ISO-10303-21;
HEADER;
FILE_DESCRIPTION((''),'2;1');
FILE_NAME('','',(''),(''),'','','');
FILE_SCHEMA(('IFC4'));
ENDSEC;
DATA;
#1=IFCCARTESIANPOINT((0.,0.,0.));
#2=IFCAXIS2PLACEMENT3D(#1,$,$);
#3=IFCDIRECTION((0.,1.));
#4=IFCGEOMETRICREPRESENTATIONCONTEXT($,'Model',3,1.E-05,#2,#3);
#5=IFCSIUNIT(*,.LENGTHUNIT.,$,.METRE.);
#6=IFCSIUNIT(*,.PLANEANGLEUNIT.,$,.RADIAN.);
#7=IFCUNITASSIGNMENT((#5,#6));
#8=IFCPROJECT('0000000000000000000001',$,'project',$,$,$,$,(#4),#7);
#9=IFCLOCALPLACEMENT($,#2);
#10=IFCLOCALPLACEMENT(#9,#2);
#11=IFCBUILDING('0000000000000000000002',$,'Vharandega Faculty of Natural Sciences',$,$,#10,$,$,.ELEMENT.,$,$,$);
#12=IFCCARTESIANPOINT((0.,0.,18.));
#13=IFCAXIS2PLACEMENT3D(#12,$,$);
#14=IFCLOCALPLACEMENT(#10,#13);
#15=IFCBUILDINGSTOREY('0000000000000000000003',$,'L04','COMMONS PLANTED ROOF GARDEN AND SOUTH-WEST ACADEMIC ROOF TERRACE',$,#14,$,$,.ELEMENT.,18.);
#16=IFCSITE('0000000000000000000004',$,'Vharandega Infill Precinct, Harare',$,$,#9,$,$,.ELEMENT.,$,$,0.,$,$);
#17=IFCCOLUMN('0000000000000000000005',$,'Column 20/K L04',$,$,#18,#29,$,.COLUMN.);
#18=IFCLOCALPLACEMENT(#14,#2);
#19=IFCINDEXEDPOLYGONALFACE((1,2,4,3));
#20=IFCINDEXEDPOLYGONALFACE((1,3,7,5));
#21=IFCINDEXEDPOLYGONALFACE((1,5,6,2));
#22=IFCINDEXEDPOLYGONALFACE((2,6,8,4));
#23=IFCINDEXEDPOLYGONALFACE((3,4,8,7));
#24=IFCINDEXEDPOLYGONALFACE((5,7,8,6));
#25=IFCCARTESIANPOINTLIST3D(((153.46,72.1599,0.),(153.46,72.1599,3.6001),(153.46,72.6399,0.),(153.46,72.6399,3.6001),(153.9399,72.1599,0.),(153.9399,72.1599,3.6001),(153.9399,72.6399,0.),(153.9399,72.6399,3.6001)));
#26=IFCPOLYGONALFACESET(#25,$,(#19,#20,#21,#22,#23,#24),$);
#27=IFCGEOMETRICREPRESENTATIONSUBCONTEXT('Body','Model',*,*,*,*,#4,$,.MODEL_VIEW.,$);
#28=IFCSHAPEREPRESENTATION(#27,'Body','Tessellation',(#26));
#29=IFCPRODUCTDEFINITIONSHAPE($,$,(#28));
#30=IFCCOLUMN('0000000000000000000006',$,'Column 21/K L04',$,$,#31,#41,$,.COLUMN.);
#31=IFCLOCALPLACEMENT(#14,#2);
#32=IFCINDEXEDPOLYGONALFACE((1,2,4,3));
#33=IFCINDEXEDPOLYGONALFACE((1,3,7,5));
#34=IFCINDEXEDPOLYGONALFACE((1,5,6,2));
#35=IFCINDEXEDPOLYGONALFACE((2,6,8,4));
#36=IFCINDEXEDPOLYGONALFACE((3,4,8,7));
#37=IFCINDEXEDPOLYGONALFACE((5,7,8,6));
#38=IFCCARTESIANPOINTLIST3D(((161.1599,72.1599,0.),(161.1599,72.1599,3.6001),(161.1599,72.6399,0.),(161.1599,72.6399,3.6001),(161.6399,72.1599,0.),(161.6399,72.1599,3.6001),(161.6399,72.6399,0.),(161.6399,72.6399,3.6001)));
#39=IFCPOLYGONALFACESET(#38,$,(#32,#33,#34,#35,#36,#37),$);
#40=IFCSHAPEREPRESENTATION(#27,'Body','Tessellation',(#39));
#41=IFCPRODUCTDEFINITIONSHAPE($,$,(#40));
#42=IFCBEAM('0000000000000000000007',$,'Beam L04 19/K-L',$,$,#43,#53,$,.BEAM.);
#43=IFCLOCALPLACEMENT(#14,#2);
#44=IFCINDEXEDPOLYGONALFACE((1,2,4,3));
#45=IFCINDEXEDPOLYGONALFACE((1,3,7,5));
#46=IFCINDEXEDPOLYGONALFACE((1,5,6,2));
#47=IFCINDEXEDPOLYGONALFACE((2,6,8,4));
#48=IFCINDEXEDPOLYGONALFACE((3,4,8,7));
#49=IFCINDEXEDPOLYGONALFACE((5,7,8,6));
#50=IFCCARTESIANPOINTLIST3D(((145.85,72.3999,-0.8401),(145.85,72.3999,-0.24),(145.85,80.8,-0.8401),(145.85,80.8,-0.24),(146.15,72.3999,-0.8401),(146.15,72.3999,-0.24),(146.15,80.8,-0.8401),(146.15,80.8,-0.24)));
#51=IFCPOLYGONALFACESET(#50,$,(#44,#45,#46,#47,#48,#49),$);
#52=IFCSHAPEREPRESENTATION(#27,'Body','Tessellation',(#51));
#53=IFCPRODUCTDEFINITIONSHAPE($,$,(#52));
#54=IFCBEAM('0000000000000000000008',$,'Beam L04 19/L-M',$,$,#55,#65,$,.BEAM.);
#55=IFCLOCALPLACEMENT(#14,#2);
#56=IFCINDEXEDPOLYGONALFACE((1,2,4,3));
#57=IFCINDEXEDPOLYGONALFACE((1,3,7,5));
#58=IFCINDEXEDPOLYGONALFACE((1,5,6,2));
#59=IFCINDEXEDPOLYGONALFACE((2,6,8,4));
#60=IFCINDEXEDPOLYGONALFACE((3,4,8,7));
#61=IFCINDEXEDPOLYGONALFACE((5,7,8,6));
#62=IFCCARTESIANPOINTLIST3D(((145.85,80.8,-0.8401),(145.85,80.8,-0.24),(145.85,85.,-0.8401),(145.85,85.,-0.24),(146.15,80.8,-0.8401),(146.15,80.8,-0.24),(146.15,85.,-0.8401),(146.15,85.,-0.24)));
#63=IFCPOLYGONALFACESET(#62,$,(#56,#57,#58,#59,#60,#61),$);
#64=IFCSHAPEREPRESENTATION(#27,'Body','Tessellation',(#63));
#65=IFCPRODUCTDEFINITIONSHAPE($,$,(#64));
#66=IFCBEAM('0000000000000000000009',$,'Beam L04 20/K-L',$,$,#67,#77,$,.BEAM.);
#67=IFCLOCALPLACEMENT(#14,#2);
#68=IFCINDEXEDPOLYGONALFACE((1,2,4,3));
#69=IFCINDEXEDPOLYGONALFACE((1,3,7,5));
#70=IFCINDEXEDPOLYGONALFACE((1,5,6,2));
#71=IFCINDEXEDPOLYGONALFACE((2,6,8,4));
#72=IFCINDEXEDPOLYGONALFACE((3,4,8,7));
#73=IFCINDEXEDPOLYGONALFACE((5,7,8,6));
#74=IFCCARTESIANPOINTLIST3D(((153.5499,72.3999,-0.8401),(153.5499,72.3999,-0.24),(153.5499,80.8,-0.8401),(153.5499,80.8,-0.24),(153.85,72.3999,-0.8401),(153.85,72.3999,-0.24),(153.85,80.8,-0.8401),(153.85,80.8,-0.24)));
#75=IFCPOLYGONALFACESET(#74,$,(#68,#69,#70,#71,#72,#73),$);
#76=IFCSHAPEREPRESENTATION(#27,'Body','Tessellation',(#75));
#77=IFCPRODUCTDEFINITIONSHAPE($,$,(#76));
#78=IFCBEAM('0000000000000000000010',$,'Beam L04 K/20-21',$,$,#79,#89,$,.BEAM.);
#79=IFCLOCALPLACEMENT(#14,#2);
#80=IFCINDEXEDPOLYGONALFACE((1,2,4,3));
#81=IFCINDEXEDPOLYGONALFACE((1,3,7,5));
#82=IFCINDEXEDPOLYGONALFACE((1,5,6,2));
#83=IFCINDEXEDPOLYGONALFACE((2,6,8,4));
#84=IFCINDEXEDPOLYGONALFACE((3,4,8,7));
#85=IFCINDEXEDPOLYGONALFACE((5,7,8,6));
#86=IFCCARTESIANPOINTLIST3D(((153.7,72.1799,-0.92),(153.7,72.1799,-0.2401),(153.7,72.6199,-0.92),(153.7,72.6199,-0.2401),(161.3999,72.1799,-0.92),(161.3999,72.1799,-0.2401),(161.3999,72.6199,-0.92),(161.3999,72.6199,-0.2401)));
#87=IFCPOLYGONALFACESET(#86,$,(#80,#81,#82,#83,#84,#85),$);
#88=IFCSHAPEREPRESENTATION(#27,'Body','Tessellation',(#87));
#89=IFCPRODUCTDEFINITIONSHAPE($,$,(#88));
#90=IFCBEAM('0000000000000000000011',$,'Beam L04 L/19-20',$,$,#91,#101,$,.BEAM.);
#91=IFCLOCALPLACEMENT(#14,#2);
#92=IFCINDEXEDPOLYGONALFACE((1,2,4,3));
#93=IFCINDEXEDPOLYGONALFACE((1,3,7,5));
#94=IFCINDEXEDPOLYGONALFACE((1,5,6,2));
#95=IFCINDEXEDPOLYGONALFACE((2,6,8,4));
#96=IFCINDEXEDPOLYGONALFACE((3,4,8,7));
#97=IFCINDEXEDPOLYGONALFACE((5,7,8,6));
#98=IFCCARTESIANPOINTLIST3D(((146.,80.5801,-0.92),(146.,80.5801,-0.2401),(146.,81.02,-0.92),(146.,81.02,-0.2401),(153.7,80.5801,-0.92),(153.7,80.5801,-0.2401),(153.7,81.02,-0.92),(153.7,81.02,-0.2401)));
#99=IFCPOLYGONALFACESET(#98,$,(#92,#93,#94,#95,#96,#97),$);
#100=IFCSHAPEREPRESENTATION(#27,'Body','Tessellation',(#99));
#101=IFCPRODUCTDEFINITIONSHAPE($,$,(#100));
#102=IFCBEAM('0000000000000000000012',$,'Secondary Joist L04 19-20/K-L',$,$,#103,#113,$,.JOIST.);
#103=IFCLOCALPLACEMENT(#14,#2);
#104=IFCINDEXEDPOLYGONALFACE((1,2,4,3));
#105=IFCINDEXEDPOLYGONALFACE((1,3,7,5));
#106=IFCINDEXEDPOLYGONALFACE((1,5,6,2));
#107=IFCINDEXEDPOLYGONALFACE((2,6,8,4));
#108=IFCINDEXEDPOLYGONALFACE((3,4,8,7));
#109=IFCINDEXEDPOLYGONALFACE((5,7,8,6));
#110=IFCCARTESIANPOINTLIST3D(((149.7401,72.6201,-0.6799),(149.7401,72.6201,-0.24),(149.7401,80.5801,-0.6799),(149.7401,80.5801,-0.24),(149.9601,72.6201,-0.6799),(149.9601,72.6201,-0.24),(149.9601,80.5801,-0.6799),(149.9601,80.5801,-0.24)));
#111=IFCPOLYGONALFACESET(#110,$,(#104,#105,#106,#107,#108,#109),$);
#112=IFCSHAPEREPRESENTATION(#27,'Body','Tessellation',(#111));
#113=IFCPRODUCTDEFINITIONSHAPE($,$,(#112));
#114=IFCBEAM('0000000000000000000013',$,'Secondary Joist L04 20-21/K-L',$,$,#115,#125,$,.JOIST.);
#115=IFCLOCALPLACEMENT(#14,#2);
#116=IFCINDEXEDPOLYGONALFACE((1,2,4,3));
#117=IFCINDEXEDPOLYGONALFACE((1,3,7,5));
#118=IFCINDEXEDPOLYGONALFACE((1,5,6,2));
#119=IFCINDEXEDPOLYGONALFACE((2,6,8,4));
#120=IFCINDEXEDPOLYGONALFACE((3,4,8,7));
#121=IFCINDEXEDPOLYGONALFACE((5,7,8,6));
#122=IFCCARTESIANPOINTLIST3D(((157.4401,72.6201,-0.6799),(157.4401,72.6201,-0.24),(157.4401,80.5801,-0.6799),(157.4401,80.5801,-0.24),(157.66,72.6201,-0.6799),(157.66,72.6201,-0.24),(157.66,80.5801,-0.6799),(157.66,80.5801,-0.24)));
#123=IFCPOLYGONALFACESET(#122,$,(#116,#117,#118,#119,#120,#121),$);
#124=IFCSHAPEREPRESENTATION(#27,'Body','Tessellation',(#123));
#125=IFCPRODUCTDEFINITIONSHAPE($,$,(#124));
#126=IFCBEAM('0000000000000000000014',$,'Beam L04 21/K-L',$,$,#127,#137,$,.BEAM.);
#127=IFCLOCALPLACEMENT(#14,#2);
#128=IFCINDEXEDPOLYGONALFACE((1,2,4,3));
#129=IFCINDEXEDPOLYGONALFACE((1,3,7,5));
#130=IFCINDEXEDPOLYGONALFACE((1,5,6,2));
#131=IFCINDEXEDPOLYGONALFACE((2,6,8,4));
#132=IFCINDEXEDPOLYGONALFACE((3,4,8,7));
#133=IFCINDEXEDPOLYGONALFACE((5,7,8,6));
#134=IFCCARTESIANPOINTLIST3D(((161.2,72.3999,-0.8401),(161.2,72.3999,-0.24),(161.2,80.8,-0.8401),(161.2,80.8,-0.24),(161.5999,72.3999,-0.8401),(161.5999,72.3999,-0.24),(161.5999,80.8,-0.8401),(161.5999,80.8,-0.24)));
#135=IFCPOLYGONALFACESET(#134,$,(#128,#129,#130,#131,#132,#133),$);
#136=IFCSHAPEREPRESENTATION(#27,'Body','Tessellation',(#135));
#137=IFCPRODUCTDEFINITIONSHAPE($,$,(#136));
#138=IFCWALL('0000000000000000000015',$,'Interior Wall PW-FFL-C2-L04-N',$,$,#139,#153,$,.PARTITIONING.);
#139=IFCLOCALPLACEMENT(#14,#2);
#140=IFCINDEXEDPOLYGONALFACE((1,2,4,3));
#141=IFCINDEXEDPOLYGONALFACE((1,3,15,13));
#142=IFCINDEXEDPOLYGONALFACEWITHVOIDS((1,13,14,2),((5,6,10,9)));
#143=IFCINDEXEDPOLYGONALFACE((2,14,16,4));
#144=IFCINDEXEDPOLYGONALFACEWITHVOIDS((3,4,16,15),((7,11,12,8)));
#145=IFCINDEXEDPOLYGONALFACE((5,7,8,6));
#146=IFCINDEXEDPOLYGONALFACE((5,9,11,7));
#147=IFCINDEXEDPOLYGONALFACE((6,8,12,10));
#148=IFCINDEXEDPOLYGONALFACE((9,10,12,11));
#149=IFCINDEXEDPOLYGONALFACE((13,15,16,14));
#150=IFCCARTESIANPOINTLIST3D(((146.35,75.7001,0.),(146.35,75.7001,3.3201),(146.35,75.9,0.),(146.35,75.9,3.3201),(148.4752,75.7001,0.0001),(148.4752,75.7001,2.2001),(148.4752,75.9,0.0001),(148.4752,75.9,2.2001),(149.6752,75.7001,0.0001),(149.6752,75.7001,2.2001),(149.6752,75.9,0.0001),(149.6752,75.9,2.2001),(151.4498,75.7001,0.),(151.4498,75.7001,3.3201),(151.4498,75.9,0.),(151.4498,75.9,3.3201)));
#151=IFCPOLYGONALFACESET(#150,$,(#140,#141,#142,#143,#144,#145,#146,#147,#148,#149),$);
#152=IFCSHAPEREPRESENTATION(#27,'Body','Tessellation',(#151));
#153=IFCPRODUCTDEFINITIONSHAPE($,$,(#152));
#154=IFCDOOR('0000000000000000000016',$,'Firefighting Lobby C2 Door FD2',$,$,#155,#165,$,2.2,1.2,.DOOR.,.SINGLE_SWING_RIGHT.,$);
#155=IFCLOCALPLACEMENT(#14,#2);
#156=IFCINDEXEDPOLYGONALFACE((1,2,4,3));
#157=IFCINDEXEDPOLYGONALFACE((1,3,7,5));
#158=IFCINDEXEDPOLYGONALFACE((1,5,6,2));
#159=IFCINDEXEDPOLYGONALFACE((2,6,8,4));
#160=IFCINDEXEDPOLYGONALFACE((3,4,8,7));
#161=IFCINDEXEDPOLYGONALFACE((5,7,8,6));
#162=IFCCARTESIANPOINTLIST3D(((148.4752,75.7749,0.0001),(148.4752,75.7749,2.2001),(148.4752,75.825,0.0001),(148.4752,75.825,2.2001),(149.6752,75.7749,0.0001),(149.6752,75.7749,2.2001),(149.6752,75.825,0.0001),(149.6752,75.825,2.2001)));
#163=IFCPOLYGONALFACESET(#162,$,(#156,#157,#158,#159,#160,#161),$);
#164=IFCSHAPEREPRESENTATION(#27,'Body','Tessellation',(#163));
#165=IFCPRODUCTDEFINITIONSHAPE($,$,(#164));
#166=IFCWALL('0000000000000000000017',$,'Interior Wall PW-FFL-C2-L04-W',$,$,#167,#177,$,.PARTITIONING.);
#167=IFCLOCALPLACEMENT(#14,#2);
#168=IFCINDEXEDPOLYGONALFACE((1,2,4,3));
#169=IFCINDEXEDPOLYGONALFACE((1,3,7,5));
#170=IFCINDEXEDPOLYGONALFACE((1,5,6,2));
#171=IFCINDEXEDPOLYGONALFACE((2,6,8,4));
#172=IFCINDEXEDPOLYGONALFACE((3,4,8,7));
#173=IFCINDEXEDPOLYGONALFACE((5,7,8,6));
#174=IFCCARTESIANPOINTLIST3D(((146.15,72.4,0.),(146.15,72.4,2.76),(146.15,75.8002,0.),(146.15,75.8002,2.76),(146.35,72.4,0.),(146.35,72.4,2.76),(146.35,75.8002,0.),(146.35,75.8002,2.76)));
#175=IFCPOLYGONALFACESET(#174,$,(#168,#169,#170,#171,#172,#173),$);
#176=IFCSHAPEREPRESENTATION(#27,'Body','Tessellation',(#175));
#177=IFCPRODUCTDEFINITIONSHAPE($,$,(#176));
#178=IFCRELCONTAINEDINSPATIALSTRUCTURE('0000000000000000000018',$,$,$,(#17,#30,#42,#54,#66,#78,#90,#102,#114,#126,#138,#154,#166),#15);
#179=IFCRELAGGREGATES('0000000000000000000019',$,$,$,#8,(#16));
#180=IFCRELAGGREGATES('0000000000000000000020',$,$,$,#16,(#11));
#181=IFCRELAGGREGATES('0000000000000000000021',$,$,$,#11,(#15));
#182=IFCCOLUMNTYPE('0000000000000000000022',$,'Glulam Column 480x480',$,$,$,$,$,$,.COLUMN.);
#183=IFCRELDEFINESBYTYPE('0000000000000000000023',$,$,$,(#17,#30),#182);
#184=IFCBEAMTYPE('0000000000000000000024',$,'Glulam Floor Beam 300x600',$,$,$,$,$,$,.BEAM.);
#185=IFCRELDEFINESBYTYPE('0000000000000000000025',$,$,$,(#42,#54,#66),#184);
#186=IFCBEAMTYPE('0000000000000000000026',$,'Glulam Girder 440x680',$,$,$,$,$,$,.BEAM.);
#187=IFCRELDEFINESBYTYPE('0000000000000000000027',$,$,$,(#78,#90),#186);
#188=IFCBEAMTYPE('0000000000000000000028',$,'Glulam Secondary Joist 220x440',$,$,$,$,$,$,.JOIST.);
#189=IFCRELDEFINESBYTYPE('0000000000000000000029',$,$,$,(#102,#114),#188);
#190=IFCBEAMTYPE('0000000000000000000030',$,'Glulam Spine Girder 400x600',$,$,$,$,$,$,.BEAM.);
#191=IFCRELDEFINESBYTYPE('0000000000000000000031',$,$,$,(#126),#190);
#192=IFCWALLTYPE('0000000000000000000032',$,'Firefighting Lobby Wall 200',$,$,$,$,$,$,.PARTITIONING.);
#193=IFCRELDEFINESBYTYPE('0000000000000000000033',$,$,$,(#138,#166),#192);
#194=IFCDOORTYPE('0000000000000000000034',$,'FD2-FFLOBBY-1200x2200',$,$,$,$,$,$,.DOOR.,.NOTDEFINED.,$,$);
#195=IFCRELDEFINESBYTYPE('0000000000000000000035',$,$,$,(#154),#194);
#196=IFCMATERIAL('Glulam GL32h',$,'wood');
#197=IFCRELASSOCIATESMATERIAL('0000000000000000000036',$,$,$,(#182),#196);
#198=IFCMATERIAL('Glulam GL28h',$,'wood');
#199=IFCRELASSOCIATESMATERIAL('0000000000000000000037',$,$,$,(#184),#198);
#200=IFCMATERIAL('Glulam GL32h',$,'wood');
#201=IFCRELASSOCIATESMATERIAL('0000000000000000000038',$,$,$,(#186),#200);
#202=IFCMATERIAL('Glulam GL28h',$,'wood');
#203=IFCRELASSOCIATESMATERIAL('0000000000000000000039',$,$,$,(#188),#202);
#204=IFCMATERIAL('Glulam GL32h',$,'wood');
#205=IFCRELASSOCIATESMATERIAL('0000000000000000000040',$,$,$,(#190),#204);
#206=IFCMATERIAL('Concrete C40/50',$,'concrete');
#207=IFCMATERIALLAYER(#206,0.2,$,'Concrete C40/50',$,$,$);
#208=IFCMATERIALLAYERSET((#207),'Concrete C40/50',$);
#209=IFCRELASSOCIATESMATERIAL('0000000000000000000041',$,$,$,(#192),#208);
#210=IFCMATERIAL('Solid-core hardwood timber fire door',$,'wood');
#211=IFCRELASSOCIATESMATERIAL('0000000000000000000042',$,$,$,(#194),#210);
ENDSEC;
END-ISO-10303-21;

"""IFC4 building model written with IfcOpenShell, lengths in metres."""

from ifc_helpers import new_model, si_unit, direction, frame, frame_2d, origin, origin_2d, place, context, subcontext, project, spatial, rectangle, extrude, material, layer, layer_set, material_profile, profile_set, type_object, element, fill, save


model = new_model("IFC4")

# Units and contexts
model_context = context("Model", 3, precision=1e-05, world=origin(), true_north=direction((0.0, 1.0)))
body_context = subcontext(model_context, "Body", "Model", "MODEL_VIEW")
ifc_project = project(units=[si_unit("LENGTHUNIT", "METRE"), si_unit("PLANEANGLEUNIT", "RADIAN")], contexts=[model_context])

# Site, building, storey
site_placement = place(None, origin())
site = spatial("IfcSite", under=ifc_project, at=site_placement, Name="Vharandega Infill Precinct, Harare", CompositionType="ELEMENT", RefElevation=0.0)
building_placement = place(site_placement, origin())
building = spatial("IfcBuilding", under=site, at=building_placement, Name="Vharandega Faculty of Natural Sciences", CompositionType="ELEMENT")
storey_placement = place(building_placement, frame((0.0, 0.0, 18.0)))
storey = spatial("IfcBuildingStorey", under=building, at=storey_placement, Name="L04", Description="COMMONS PLANTED ROOF GARDEN AND SOUTH-WEST ACADEMIC ROOF TERRACE", CompositionType="ELEMENT", Elevation=18.0)

# Columns
ifc_material_1 = material(Name="Glulam GL32h", Category="wood")
ifc_material_profile_1 = material_profile(ifc_material_1, rectangle(XDim=0.48, YDim=0.48, at=origin_2d()), Name="GL32h 480x480")
ifc_profile_set_1 = profile_set([ifc_material_profile_1], Name="Glulam GL32h")
column_type = type_object("IfcColumnType", Name="Glulam Column 480x480", PredefinedType="COLUMN", material=ifc_profile_set_1)
for number, where, z_axis, x_axis, name in (
    (1, (153.7, 72.3999, 0.0), (0.0, 0.0, 1.0), (1.0, 0.0, 0.0), "Column 20/K L04"),
    (2, (161.3999, 72.3999, 0.0), (0.0, 0.0, 1.0), (1.0, 0.0, 0.0), "Column 21/K L04"),
):
    element("IfcColumn", number, at=place(storey_placement, frame(where, z_axis=z_axis, x_axis=x_axis)), inside=storey, type_object=column_type, Name=name, PredefinedType="COLUMN", context=body_context, shape_type="SweptSolid", body=[
        extrude(rectangle(XDim=0.48, YDim=0.48, at=origin_2d()), origin(), (0.0, 0.0, 1.0), 3.6001),
    ])

# Beams
ifc_material_2 = material(Name="Glulam GL28h", Category="wood")
ifc_material_profile_2 = material_profile(ifc_material_2, rectangle(XDim=0.3, YDim=0.6001, at=origin_2d()), Name="GL28h 300x600")
ifc_profile_set_2 = profile_set([ifc_material_profile_2], Name="Glulam GL28h")
beam_type_1 = type_object("IfcBeamType", Name="Glulam Floor Beam 300x600", PredefinedType="BEAM", material=ifc_profile_set_2)
beam_1_placement = place(storey_placement, frame((146.0, 72.3999, -0.54), z_axis=(0.0, 1.0, 0.0), x_axis=(-1.0, 0.0, 0.0)))
element("IfcBeam", 3, at=beam_1_placement, inside=storey, type_object=beam_type_1, Name="Beam L04 19/K-L", PredefinedType="BEAM", context=body_context, shape_type="SweptSolid", body=[
    extrude(rectangle(XDim=0.3, YDim=0.6001, at=origin_2d()), origin(), (0.0, 0.0, 1.0), 8.4001),
])
beam_2_placement = place(storey_placement, frame((146.0, 80.8, -0.54), z_axis=(0.0, 1.0, 0.0), x_axis=(-1.0, 0.0, 0.0)))
element("IfcBeam", 4, at=beam_2_placement, inside=storey, type_object=beam_type_1, Name="Beam L04 19/L-M", PredefinedType="BEAM", context=body_context, shape_type="SweptSolid", body=[
    extrude(rectangle(XDim=0.3, YDim=0.6001, at=origin_2d()), origin(), (0.0, 0.0, 1.0), 4.2),
])
beam_3_placement = place(storey_placement, frame((153.7, 72.3999, -0.54), z_axis=(0.0, 1.0, 0.0), x_axis=(-1.0, 0.0, 0.0)))
element("IfcBeam", 5, at=beam_3_placement, inside=storey, type_object=beam_type_1, Name="Beam L04 20/K-L", PredefinedType="BEAM", context=body_context, shape_type="SweptSolid", body=[
    extrude(rectangle(XDim=0.3, YDim=0.6001, at=origin_2d()), origin(), (0.0, 0.0, 1.0), 8.4001),
])
ifc_material_3 = material(Name="Glulam GL32h", Category="wood")
ifc_material_profile_3 = material_profile(ifc_material_3, rectangle(XDim=0.4399, YDim=0.6799, at=origin_2d()), Name="GL32h 440x680")
ifc_profile_set_3 = profile_set([ifc_material_profile_3], Name="Glulam GL32h")
beam_type_2 = type_object("IfcBeamType", Name="Glulam Girder 440x680", PredefinedType="BEAM", material=ifc_profile_set_3)
for number, where, z_axis, x_axis, name in (
    (6, (153.7, 72.3999, -0.5801), (1.0, 0.0, 0.0), (0.0, 1.0, 0.0), "Beam L04 K/20-21"),
    (7, (146.0, 80.8, -0.5801), (1.0, 0.0, 0.0), (0.0, 1.0, 0.0), "Beam L04 L/19-20"),
):
    element("IfcBeam", number, at=place(storey_placement, frame(where, z_axis=z_axis, x_axis=x_axis)), inside=storey, type_object=beam_type_2, Name=name, PredefinedType="BEAM", context=body_context, shape_type="SweptSolid", body=[
        extrude(rectangle(XDim=0.4399, YDim=0.6799, at=origin_2d()), origin(), (0.0, 0.0, 1.0), 7.7),
    ])
ifc_material_4 = material(Name="Glulam GL28h", Category="wood")
ifc_material_profile_4 = material_profile(ifc_material_4, rectangle(XDim=0.22, YDim=0.4399, at=origin_2d()), Name="GL28h 220x440")
ifc_profile_set_4 = profile_set([ifc_material_profile_4], Name="Glulam GL28h")
beam_type_3 = type_object("IfcBeamType", Name="Glulam Secondary Joist 220x440", PredefinedType="JOIST", material=ifc_profile_set_4)
for number, where, z_axis, x_axis, name in (
    (8, (149.8501, 72.6201, -0.46), (0.0, 1.0, 0.0), (-1.0, 0.0, 0.0), "Secondary Joist L04 19-20/K-L"),
    (9, (157.55, 72.6201, -0.46), (0.0, 1.0, 0.0), (-1.0, 0.0, 0.0), "Secondary Joist L04 20-21/K-L"),
):
    element("IfcBeam", number, at=place(storey_placement, frame(where, z_axis=z_axis, x_axis=x_axis)), inside=storey, type_object=beam_type_3, Name=name, PredefinedType="JOIST", context=body_context, shape_type="SweptSolid", body=[
        extrude(rectangle(XDim=0.22, YDim=0.4399, at=origin_2d()), origin(), (0.0, 0.0, 1.0), 7.96),
    ])
ifc_material_5 = material(Name="Glulam GL32h", Category="wood")
ifc_material_profile_5 = material_profile(ifc_material_5, rectangle(XDim=0.3999, YDim=0.6001, at=origin_2d()), Name="GL32h 400x600")
ifc_profile_set_5 = profile_set([ifc_material_profile_5], Name="Glulam GL32h")
beam_type_4 = type_object("IfcBeamType", Name="Glulam Spine Girder 400x600", PredefinedType="BEAM", material=ifc_profile_set_5)
beam_4_placement = place(storey_placement, frame((161.3999, 72.3999, -0.54), z_axis=(0.0, 1.0, 0.0), x_axis=(-1.0, 0.0, 0.0)))
element("IfcBeam", 10, at=beam_4_placement, inside=storey, type_object=beam_type_4, Name="Beam L04 21/K-L", PredefinedType="BEAM", context=body_context, shape_type="SweptSolid", body=[
    extrude(rectangle(XDim=0.3999, YDim=0.6001, at=origin_2d()), origin(), (0.0, 0.0, 1.0), 8.4001),
])

# Wall, opening, door
ifc_material_6 = material(Name="Concrete C40/50", Category="concrete")
ifc_layer_1 = layer(ifc_material_6, 0.2, Name="Concrete C40/50")
ifc_layer_set_1 = layer_set([ifc_layer_1], Name="Concrete C40/50")
wall_type_1 = type_object("IfcWallType", Name="Firefighting Lobby Wall 200", PredefinedType="PARTITIONING", material=ifc_layer_set_1)
wall_1_placement = place(storey_placement, frame((146.3501, 75.8, 0.0), z_axis=(0.0, 0.0, 1.0), x_axis=(1.0, 0.0, 0.0)))
wall_1 = element("IfcWall", 11, at=wall_1_placement, inside=storey, type_object=wall_type_1, Name="Interior Wall PW-FFL-C2-L04-N", PredefinedType="PARTITIONING", context=body_context, shape_type="SweptSolid", body=[
    extrude(rectangle(XDim=5.0999, YDim=0.2, at=frame_2d((2.5498, 0.0))), origin(), (0.0, 0.0, 1.0), 3.3201),
])
opening_1_placement = place(wall_1_placement, frame((2.125, 0.0, 0.0)))
opening_1 = element("IfcOpeningElement", 12, at=opening_1_placement, cuts=wall_1, PredefinedType="OPENING", context=body_context, shape_type="SweptSolid", body=[
    extrude(rectangle(XDim=1.2, YDim=2.2, at=frame_2d((0.6001, 1.1001))), frame((0.0, 0.1099, 0.0), z_axis=(0.0, -1.0, 0.0), x_axis=(1.0, 0.0, 0.0)), (0.0, 0.0, 1.0), 0.22),
])
ifc_material_7 = material(Name="Solid-core hardwood timber fire door", Category="wood")
door_type_1 = type_object("IfcDoorType", Name="FD2-FFLOBBY-1200x2200", OperationType="NOTDEFINED", PredefinedType="DOOR", material=ifc_material_7)
door_1_placement = place(opening_1_placement, origin())
door_1 = element("IfcDoor", 13, at=door_1_placement, inside=storey, type_object=door_type_1, Name="Firefighting Lobby C2 Door FD2", OperationType="SINGLE_SWING_RIGHT", OverallHeight=2.2, OverallWidth=1.2, PredefinedType="DOOR", context=body_context, shape_type="SweptSolid", body=[
    extrude(rectangle(XDim=1.2, YDim=2.2, at=frame_2d((0.6001, 1.1001))), frame((0.0, 0.0249, 0.0), z_axis=(0.0, -1.0, 0.0), x_axis=(1.0, 0.0, 0.0)), (0.0, 0.0, 1.0), 0.05),
])
fill(opening_1, door_1)

# Wall
wall_2_placement = place(storey_placement, frame((146.25, 72.3999, 0.0), z_axis=(0.0, 0.0, 1.0), x_axis=(0.0, 1.0, 0.0)))
element("IfcWall", 14, at=wall_2_placement, inside=storey, type_object=wall_type_1, Name="Interior Wall PW-FFL-C2-L04-W", PredefinedType="PARTITIONING", context=body_context, shape_type="SweptSolid", body=[
    extrude(rectangle(XDim=3.4001, YDim=0.2, at=frame_2d((1.7002, 0.0))), origin(), (0.0, 0.0, 1.0), 2.76),
])

save(model, "model.ifc")
